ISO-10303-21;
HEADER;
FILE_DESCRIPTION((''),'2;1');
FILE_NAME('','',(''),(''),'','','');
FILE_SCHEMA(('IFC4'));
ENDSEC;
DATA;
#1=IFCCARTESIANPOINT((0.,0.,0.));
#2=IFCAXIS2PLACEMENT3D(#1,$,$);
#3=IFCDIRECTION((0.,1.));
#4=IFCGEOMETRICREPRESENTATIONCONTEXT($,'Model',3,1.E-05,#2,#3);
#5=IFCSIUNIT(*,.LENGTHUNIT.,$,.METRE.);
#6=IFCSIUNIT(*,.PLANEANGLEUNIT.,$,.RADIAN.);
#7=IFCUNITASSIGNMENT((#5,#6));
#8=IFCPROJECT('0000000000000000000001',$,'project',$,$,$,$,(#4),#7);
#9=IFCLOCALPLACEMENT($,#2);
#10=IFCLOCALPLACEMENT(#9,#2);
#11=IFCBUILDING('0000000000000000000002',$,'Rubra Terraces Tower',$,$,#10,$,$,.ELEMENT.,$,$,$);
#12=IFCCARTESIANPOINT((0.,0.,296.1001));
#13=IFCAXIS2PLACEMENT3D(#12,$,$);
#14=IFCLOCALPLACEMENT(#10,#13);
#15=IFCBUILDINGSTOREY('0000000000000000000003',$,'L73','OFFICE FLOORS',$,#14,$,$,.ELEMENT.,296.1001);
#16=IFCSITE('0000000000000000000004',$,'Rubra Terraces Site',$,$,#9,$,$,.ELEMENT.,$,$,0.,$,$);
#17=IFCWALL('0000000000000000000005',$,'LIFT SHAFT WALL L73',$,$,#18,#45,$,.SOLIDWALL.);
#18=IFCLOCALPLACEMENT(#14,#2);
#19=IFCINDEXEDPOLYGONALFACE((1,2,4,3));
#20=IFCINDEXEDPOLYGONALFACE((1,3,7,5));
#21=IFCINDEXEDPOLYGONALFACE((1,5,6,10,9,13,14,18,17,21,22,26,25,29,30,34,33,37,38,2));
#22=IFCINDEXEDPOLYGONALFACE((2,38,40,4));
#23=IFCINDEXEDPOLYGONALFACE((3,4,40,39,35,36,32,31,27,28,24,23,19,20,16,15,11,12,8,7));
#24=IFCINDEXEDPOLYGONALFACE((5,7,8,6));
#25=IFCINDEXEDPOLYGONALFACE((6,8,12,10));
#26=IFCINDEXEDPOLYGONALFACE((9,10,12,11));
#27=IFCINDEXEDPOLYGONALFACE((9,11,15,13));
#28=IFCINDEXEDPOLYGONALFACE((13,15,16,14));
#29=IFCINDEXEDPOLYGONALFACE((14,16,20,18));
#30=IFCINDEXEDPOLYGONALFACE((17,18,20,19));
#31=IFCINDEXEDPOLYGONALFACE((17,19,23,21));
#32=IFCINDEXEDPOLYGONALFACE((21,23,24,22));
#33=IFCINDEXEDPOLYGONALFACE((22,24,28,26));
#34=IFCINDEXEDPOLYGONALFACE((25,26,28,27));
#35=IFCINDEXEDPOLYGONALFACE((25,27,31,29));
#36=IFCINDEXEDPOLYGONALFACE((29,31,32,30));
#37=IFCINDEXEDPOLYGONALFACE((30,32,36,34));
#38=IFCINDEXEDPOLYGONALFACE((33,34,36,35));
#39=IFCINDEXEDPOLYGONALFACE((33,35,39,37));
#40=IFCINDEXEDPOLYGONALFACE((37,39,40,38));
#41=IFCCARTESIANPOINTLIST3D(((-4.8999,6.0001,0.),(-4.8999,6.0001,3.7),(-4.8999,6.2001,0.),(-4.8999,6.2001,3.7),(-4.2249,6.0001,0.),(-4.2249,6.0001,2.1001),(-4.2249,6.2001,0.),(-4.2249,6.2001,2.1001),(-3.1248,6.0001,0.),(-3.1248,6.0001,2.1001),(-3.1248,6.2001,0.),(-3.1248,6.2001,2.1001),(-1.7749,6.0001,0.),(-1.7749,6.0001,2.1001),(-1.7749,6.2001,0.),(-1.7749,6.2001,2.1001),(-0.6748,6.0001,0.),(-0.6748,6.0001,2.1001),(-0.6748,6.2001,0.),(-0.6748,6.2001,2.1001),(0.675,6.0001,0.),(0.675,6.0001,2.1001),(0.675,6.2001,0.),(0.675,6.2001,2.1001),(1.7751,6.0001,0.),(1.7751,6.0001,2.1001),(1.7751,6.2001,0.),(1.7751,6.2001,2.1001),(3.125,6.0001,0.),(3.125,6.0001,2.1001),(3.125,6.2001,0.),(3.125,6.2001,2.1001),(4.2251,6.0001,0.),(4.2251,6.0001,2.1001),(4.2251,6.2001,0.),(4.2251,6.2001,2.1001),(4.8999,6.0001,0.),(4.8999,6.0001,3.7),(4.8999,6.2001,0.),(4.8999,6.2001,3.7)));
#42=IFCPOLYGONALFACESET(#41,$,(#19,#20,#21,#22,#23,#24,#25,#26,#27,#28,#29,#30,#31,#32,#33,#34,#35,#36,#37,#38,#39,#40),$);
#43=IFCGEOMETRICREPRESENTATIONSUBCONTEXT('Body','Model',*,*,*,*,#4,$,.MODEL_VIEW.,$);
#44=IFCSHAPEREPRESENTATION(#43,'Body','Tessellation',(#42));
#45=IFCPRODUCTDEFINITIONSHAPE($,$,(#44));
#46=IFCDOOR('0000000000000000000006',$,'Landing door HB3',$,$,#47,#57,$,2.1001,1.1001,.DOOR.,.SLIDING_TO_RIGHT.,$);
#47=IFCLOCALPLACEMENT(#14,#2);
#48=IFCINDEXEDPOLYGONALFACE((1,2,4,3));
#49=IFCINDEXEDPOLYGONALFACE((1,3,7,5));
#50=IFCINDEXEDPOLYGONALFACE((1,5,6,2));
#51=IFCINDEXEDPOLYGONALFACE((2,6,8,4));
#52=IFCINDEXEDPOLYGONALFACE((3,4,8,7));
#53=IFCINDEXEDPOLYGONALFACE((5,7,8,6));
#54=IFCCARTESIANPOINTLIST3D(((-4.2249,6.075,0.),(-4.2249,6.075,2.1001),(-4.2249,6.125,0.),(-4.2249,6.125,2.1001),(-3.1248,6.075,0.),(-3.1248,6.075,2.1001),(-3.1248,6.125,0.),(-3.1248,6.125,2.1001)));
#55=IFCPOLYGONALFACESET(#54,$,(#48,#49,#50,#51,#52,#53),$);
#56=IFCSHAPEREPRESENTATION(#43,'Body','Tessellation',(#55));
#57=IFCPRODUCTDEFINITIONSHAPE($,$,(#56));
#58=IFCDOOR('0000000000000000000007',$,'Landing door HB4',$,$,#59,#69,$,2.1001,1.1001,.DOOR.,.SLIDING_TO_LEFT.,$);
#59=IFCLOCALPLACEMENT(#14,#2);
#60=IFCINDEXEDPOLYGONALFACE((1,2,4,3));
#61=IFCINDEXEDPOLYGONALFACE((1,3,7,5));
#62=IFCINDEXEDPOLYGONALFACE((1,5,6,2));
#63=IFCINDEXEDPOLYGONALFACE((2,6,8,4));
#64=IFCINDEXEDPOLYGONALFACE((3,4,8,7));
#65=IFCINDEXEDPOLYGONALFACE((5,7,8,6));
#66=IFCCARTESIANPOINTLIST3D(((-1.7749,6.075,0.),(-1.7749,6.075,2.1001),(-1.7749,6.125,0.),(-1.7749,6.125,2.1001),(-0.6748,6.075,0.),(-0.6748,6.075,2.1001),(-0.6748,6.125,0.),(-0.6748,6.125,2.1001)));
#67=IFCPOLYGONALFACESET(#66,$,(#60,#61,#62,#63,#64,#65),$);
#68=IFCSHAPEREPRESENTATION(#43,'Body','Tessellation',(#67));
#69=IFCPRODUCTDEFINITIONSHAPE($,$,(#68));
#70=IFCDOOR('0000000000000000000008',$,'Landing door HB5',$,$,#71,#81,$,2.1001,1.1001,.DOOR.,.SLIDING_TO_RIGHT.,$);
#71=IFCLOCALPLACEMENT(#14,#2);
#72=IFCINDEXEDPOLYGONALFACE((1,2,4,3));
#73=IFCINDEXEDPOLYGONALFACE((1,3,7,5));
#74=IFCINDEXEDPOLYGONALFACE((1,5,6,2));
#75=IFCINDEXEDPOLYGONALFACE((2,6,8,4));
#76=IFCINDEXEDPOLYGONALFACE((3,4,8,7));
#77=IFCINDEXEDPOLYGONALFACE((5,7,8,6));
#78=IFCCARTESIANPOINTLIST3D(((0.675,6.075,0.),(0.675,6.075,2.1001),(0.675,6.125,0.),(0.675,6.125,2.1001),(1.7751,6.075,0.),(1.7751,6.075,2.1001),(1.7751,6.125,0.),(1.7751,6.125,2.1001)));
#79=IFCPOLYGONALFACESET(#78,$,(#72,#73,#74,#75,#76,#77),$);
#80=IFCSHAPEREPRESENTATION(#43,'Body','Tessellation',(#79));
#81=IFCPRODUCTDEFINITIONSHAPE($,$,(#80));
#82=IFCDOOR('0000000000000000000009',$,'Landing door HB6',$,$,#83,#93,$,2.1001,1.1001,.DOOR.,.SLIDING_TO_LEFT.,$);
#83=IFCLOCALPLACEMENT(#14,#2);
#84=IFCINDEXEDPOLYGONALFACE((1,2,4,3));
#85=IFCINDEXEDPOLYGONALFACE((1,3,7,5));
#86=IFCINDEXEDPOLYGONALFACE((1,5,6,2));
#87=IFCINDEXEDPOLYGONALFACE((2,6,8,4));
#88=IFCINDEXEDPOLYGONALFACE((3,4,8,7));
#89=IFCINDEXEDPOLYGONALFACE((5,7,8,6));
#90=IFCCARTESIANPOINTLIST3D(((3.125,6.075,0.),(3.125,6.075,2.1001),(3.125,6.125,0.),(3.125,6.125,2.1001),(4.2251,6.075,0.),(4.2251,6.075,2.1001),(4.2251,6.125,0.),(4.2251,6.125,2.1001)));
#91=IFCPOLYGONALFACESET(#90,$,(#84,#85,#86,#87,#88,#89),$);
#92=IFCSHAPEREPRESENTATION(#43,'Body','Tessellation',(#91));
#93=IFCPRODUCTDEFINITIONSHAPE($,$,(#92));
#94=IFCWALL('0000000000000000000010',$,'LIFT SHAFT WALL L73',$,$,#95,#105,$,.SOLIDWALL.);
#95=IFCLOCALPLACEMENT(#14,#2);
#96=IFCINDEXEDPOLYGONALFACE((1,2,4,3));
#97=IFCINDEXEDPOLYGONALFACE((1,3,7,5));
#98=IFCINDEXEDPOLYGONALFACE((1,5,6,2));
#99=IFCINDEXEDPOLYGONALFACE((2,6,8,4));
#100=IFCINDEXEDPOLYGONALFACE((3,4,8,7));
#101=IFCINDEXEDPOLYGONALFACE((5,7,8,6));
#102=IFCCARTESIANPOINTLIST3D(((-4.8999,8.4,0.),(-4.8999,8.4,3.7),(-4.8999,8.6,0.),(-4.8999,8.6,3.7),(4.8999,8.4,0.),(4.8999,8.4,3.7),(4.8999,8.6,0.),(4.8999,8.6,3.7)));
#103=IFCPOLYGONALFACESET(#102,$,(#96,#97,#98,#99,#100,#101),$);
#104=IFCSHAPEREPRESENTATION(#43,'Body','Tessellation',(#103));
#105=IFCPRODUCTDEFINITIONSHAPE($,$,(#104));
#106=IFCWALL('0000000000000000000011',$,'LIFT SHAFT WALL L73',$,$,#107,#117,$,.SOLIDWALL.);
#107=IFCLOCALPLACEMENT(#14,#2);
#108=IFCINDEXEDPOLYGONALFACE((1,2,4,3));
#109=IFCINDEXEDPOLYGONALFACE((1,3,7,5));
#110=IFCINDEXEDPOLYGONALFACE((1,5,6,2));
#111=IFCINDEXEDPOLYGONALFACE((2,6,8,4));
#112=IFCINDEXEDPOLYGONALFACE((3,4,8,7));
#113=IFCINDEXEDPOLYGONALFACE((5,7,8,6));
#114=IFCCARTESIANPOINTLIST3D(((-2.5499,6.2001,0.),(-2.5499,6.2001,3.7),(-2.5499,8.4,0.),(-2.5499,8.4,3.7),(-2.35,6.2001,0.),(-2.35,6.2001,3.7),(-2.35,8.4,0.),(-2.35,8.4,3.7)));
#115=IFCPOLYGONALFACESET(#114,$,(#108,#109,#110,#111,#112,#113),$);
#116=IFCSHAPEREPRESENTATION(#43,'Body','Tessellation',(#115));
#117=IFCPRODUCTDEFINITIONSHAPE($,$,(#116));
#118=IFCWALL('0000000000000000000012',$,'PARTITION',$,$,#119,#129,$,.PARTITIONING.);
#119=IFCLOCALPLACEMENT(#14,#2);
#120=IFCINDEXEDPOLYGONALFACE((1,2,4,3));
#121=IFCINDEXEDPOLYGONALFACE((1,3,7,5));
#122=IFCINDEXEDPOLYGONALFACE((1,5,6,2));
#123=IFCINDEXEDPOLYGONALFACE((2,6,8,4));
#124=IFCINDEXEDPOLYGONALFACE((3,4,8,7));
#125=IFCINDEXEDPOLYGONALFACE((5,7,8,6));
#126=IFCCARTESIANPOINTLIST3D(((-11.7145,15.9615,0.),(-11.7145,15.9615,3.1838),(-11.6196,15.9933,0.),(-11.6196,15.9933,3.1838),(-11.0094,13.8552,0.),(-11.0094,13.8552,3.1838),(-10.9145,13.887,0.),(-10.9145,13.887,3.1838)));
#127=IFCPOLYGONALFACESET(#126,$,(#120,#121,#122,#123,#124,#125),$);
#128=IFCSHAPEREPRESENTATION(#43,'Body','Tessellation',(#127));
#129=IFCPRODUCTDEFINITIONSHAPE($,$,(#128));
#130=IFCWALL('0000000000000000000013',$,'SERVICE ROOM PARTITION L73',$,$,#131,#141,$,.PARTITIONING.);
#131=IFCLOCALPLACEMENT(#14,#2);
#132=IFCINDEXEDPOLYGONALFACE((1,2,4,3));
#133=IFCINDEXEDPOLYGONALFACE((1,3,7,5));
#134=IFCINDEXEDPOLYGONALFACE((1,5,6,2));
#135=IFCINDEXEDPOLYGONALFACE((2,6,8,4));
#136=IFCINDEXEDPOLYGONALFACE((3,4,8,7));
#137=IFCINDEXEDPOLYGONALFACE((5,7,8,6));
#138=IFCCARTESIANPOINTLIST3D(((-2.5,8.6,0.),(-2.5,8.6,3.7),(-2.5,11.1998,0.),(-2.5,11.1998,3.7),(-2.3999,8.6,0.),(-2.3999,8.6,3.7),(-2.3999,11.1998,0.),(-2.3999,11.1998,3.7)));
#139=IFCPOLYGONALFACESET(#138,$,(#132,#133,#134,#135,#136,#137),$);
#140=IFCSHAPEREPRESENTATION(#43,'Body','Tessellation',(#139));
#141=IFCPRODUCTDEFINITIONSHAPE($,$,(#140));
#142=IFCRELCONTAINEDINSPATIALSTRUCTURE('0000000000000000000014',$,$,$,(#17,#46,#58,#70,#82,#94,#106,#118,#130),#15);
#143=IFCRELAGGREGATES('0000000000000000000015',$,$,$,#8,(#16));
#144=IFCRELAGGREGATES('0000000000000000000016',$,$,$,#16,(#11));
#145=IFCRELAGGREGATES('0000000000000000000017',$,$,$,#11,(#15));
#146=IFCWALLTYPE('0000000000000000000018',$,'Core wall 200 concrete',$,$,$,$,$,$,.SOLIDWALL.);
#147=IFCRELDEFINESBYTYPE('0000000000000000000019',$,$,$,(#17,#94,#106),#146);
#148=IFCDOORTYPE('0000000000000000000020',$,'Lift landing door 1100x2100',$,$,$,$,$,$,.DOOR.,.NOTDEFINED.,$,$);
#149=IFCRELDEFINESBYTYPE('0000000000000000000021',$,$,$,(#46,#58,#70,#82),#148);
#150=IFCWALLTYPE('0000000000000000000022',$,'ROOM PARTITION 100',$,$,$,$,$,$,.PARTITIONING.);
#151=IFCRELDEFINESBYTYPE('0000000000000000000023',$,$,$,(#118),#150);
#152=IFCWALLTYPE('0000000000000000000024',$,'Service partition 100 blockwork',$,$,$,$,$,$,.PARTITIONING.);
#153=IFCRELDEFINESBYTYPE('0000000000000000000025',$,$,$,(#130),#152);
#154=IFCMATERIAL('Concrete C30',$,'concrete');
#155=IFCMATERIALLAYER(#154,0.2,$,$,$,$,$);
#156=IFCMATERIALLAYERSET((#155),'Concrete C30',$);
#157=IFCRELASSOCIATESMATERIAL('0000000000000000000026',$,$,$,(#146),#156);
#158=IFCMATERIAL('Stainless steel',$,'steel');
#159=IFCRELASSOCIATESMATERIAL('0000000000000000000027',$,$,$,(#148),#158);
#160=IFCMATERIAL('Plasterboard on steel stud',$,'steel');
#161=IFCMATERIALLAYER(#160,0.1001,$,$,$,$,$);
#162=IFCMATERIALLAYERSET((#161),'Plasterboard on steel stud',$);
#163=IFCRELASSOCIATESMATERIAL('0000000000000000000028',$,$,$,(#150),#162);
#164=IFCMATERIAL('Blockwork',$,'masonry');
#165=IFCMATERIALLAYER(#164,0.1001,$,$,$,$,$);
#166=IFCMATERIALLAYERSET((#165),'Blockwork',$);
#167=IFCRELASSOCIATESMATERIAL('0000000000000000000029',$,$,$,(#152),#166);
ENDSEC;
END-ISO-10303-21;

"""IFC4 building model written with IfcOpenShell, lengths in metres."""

from ifc_helpers import new_model, si_unit, direction, frame, frame_2d, origin, place, context, subcontext, project, spatial, rectangle, extrude, material, layer, layer_set, type_object, element, fill, save


model = new_model("IFC4")

# Units and contexts
model_context = context("Model", 3, precision=1e-05, world=origin(), true_north=direction((0.0, 1.0)))
body_context = subcontext(model_context, "Body", "Model", "MODEL_VIEW")
ifc_project = project(units=[si_unit("LENGTHUNIT", "METRE"), si_unit("PLANEANGLEUNIT", "RADIAN")], contexts=[model_context])

# Site, building, storey
site_placement = place(None, origin())
site = spatial("IfcSite", under=ifc_project, at=site_placement, Name="Rubra Terraces Site", CompositionType="ELEMENT", RefElevation=0.0)
building_placement = place(site_placement, origin())
building = spatial("IfcBuilding", under=site, at=building_placement, Name="Rubra Terraces Tower", CompositionType="ELEMENT")
storey_placement = place(building_placement, frame((0.0, 0.0, 296.1001)))
storey = spatial("IfcBuildingStorey", under=building, at=storey_placement, Name="L73", Description="OFFICE FLOORS", CompositionType="ELEMENT", Elevation=296.1001)

# Shared definitions
ifc_material_1 = material(Name="Concrete C30", Category="concrete")
ifc_layer_1 = layer(ifc_material_1, 0.2)
ifc_layer_set_1 = layer_set([ifc_layer_1], Name="Concrete C30")
wall_type_1 = type_object("IfcWallType", Name="Core wall 200 concrete", PredefinedType="SOLIDWALL", material=ifc_layer_set_1)

# Wall, openings, doors
ifc_material_2 = material(Name="Stainless steel", Category="steel")
door_type_1 = type_object("IfcDoorType", Name="Lift landing door 1100x2100", OperationType="NOTDEFINED", PredefinedType="DOOR", material=ifc_material_2)
wall_1_placement = place(storey_placement, frame((-4.8999, 6.1001, 0.0), z_axis=(0.0, 0.0, 1.0), x_axis=(1.0, 0.0, 0.0)))
wall_1 = element("IfcWall", 1, at=wall_1_placement, inside=storey, type_object=wall_type_1, Name="LIFT SHAFT WALL L73", PredefinedType="SOLIDWALL", context=body_context, shape_type="SweptSolid", body=[
    extrude(rectangle(XDim=9.7998, YDim=0.2, at=frame_2d((4.8999, 0.0))), origin(), (0.0, 0.0, 1.0), 3.7),
])
opening_1_placement = place(wall_1_placement, frame((0.675, 0.0, 0.0)))
opening_1 = element("IfcOpeningElement", 2, at=opening_1_placement, cuts=wall_1, PredefinedType="OPENING", context=body_context, shape_type="SweptSolid", body=[
    extrude(rectangle(XDim=1.1001, YDim=2.1001, at=frame_2d((0.55, 1.05))), frame((0.0, 0.1099, 0.0), z_axis=(0.0, -1.0, 0.0), x_axis=(1.0, 0.0, 0.0)), (0.0, 0.0, 1.0), 0.22),
])
opening_2_placement = place(wall_1_placement, frame((3.125, 0.0, 0.0)))
opening_2 = element("IfcOpeningElement", 3, at=opening_2_placement, cuts=wall_1, PredefinedType="OPENING", context=body_context, shape_type="SweptSolid", body=[
    extrude(rectangle(XDim=1.1001, YDim=2.1001, at=frame_2d((0.55, 1.05))), frame((0.0, 0.1099, 0.0), z_axis=(0.0, -1.0, 0.0), x_axis=(1.0, 0.0, 0.0)), (0.0, 0.0, 1.0), 0.22),
])
opening_3_placement = place(wall_1_placement, frame((5.575, 0.0, 0.0)))
opening_3 = element("IfcOpeningElement", 4, at=opening_3_placement, cuts=wall_1, PredefinedType="OPENING", context=body_context, shape_type="SweptSolid", body=[
    extrude(rectangle(XDim=1.1001, YDim=2.1001, at=frame_2d((0.55, 1.05))), frame((0.0, 0.1099, 0.0), z_axis=(0.0, -1.0, 0.0), x_axis=(1.0, 0.0, 0.0)), (0.0, 0.0, 1.0), 0.22),
])
opening_4_placement = place(wall_1_placement, frame((8.0249, 0.0, 0.0)))
opening_4 = element("IfcOpeningElement", 5, at=opening_4_placement, cuts=wall_1, PredefinedType="OPENING", context=body_context, shape_type="SweptSolid", body=[
    extrude(rectangle(XDim=1.1001, YDim=2.1001, at=frame_2d((0.55, 1.05))), frame((0.0, 0.1099, 0.0), z_axis=(0.0, -1.0, 0.0), x_axis=(1.0, 0.0, 0.0)), (0.0, 0.0, 1.0), 0.22),
])
door_1_placement = place(opening_1_placement, origin())
door_1 = element("IfcDoor", 6, at=door_1_placement, inside=storey, type_object=door_type_1, Name="Landing door HB3", OperationType="SLIDING_TO_RIGHT", OverallHeight=2.1001, OverallWidth=1.1001, PredefinedType="DOOR", context=body_context, shape_type="SweptSolid", body=[
    extrude(rectangle(XDim=1.1001, YDim=2.1001, at=frame_2d((0.55, 1.05))), frame((0.0, 0.0249, 0.0), z_axis=(0.0, -1.0, 0.0), x_axis=(1.0, 0.0, 0.0)), (0.0, 0.0, 1.0), 0.05),
])
fill(opening_1, door_1)
door_2_placement = place(opening_2_placement, origin())
door_2 = element("IfcDoor", 7, at=door_2_placement, inside=storey, type_object=door_type_1, Name="Landing door HB4", OperationType="SLIDING_TO_LEFT", OverallHeight=2.1001, OverallWidth=1.1001, PredefinedType="DOOR", context=body_context, shape_type="SweptSolid", body=[
    extrude(rectangle(XDim=1.1001, YDim=2.1001, at=frame_2d((0.55, 1.05))), frame((0.0, 0.0249, 0.0), z_axis=(0.0, -1.0, 0.0), x_axis=(1.0, 0.0, 0.0)), (0.0, 0.0, 1.0), 0.05),
])
fill(opening_2, door_2)
door_3_placement = place(opening_3_placement, origin())
door_3 = element("IfcDoor", 8, at=door_3_placement, inside=storey, type_object=door_type_1, Name="Landing door HB5", OperationType="SLIDING_TO_RIGHT", OverallHeight=2.1001, OverallWidth=1.1001, PredefinedType="DOOR", context=body_context, shape_type="SweptSolid", body=[
    extrude(rectangle(XDim=1.1001, YDim=2.1001, at=frame_2d((0.55, 1.05))), frame((0.0, 0.0249, 0.0), z_axis=(0.0, -1.0, 0.0), x_axis=(1.0, 0.0, 0.0)), (0.0, 0.0, 1.0), 0.05),
])
fill(opening_3, door_3)
door_4_placement = place(opening_4_placement, origin())
door_4 = element("IfcDoor", 9, at=door_4_placement, inside=storey, type_object=door_type_1, Name="Landing door HB6", OperationType="SLIDING_TO_LEFT", OverallHeight=2.1001, OverallWidth=1.1001, PredefinedType="DOOR", context=body_context, shape_type="SweptSolid", body=[
    extrude(rectangle(XDim=1.1001, YDim=2.1001, at=frame_2d((0.55, 1.05))), frame((0.0, 0.0249, 0.0), z_axis=(0.0, -1.0, 0.0), x_axis=(1.0, 0.0, 0.0)), (0.0, 0.0, 1.0), 0.05),
])
fill(opening_4, door_4)

# Walls
wall_2_placement = place(storey_placement, frame((-4.8999, 8.5, 0.0), z_axis=(0.0, 0.0, 1.0), x_axis=(1.0, 0.0, 0.0)))
element("IfcWall", 10, at=wall_2_placement, inside=storey, type_object=wall_type_1, Name="LIFT SHAFT WALL L73", PredefinedType="SOLIDWALL", context=body_context, shape_type="SweptSolid", body=[
    extrude(rectangle(XDim=9.7998, YDim=0.2, at=frame_2d((4.8999, 0.0))), origin(), (0.0, 0.0, 1.0), 3.7),
])
wall_3_placement = place(storey_placement, frame((-2.45, 6.2, 0.0), z_axis=(0.0, 0.0, 1.0), x_axis=(0.0, 1.0, 0.0)))
element("IfcWall", 11, at=wall_3_placement, inside=storey, type_object=wall_type_1, Name="LIFT SHAFT WALL L73", PredefinedType="SOLIDWALL", context=body_context, shape_type="SweptSolid", body=[
    extrude(rectangle(XDim=2.2, YDim=0.2, at=frame_2d((1.1001, 0.0))), origin(), (0.0, 0.0, 1.0), 3.7),
])
ifc_material_3 = material(Name="Plasterboard on steel stud", Category="steel")
ifc_layer_2 = layer(ifc_material_3, 0.1001)
ifc_layer_set_2 = layer_set([ifc_layer_2], Name="Plasterboard on steel stud")
wall_type_2 = type_object("IfcWallType", Name="ROOM PARTITION 100", PredefinedType="PARTITIONING", material=ifc_layer_set_2)
wall_4_placement = place(storey_placement, frame((-10.9619, 13.8711, 0.0), z_axis=(0.0, 0.0, 1.0), x_axis=(-0.317448, 0.948276, 0.0)))
element("IfcWall", 12, at=wall_4_placement, inside=storey, type_object=wall_type_2, Name="PARTITION", PredefinedType="PARTITIONING", context=body_context, shape_type="SweptSolid", body=[
    extrude(rectangle(XDim=2.2212, YDim=0.1001, at=frame_2d((1.1106, 0.0))), origin(), (0.0, 0.0, 1.0), 3.1838),
])
ifc_material_4 = material(Name="Blockwork", Category="masonry")
ifc_layer_3 = layer(ifc_material_4, 0.1001)
ifc_layer_set_3 = layer_set([ifc_layer_3], Name="Blockwork")
wall_type_3 = type_object("IfcWallType", Name="Service partition 100 blockwork", PredefinedType="PARTITIONING", material=ifc_layer_set_3)
wall_5_placement = place(storey_placement, frame((-2.45, 8.6001, 0.0), z_axis=(0.0, 0.0, 1.0), x_axis=(0.0, 1.0, 0.0)))
element("IfcWall", 13, at=wall_5_placement, inside=storey, type_object=wall_type_3, Name="SERVICE ROOM PARTITION L73", PredefinedType="PARTITIONING", context=body_context, shape_type="SweptSolid", body=[
    extrude(rectangle(XDim=2.5999, YDim=0.1001, at=frame_2d((1.2998, 0.0))), origin(), (0.0, 0.0, 1.0), 3.7),
])

save(model, "model.ifc")
